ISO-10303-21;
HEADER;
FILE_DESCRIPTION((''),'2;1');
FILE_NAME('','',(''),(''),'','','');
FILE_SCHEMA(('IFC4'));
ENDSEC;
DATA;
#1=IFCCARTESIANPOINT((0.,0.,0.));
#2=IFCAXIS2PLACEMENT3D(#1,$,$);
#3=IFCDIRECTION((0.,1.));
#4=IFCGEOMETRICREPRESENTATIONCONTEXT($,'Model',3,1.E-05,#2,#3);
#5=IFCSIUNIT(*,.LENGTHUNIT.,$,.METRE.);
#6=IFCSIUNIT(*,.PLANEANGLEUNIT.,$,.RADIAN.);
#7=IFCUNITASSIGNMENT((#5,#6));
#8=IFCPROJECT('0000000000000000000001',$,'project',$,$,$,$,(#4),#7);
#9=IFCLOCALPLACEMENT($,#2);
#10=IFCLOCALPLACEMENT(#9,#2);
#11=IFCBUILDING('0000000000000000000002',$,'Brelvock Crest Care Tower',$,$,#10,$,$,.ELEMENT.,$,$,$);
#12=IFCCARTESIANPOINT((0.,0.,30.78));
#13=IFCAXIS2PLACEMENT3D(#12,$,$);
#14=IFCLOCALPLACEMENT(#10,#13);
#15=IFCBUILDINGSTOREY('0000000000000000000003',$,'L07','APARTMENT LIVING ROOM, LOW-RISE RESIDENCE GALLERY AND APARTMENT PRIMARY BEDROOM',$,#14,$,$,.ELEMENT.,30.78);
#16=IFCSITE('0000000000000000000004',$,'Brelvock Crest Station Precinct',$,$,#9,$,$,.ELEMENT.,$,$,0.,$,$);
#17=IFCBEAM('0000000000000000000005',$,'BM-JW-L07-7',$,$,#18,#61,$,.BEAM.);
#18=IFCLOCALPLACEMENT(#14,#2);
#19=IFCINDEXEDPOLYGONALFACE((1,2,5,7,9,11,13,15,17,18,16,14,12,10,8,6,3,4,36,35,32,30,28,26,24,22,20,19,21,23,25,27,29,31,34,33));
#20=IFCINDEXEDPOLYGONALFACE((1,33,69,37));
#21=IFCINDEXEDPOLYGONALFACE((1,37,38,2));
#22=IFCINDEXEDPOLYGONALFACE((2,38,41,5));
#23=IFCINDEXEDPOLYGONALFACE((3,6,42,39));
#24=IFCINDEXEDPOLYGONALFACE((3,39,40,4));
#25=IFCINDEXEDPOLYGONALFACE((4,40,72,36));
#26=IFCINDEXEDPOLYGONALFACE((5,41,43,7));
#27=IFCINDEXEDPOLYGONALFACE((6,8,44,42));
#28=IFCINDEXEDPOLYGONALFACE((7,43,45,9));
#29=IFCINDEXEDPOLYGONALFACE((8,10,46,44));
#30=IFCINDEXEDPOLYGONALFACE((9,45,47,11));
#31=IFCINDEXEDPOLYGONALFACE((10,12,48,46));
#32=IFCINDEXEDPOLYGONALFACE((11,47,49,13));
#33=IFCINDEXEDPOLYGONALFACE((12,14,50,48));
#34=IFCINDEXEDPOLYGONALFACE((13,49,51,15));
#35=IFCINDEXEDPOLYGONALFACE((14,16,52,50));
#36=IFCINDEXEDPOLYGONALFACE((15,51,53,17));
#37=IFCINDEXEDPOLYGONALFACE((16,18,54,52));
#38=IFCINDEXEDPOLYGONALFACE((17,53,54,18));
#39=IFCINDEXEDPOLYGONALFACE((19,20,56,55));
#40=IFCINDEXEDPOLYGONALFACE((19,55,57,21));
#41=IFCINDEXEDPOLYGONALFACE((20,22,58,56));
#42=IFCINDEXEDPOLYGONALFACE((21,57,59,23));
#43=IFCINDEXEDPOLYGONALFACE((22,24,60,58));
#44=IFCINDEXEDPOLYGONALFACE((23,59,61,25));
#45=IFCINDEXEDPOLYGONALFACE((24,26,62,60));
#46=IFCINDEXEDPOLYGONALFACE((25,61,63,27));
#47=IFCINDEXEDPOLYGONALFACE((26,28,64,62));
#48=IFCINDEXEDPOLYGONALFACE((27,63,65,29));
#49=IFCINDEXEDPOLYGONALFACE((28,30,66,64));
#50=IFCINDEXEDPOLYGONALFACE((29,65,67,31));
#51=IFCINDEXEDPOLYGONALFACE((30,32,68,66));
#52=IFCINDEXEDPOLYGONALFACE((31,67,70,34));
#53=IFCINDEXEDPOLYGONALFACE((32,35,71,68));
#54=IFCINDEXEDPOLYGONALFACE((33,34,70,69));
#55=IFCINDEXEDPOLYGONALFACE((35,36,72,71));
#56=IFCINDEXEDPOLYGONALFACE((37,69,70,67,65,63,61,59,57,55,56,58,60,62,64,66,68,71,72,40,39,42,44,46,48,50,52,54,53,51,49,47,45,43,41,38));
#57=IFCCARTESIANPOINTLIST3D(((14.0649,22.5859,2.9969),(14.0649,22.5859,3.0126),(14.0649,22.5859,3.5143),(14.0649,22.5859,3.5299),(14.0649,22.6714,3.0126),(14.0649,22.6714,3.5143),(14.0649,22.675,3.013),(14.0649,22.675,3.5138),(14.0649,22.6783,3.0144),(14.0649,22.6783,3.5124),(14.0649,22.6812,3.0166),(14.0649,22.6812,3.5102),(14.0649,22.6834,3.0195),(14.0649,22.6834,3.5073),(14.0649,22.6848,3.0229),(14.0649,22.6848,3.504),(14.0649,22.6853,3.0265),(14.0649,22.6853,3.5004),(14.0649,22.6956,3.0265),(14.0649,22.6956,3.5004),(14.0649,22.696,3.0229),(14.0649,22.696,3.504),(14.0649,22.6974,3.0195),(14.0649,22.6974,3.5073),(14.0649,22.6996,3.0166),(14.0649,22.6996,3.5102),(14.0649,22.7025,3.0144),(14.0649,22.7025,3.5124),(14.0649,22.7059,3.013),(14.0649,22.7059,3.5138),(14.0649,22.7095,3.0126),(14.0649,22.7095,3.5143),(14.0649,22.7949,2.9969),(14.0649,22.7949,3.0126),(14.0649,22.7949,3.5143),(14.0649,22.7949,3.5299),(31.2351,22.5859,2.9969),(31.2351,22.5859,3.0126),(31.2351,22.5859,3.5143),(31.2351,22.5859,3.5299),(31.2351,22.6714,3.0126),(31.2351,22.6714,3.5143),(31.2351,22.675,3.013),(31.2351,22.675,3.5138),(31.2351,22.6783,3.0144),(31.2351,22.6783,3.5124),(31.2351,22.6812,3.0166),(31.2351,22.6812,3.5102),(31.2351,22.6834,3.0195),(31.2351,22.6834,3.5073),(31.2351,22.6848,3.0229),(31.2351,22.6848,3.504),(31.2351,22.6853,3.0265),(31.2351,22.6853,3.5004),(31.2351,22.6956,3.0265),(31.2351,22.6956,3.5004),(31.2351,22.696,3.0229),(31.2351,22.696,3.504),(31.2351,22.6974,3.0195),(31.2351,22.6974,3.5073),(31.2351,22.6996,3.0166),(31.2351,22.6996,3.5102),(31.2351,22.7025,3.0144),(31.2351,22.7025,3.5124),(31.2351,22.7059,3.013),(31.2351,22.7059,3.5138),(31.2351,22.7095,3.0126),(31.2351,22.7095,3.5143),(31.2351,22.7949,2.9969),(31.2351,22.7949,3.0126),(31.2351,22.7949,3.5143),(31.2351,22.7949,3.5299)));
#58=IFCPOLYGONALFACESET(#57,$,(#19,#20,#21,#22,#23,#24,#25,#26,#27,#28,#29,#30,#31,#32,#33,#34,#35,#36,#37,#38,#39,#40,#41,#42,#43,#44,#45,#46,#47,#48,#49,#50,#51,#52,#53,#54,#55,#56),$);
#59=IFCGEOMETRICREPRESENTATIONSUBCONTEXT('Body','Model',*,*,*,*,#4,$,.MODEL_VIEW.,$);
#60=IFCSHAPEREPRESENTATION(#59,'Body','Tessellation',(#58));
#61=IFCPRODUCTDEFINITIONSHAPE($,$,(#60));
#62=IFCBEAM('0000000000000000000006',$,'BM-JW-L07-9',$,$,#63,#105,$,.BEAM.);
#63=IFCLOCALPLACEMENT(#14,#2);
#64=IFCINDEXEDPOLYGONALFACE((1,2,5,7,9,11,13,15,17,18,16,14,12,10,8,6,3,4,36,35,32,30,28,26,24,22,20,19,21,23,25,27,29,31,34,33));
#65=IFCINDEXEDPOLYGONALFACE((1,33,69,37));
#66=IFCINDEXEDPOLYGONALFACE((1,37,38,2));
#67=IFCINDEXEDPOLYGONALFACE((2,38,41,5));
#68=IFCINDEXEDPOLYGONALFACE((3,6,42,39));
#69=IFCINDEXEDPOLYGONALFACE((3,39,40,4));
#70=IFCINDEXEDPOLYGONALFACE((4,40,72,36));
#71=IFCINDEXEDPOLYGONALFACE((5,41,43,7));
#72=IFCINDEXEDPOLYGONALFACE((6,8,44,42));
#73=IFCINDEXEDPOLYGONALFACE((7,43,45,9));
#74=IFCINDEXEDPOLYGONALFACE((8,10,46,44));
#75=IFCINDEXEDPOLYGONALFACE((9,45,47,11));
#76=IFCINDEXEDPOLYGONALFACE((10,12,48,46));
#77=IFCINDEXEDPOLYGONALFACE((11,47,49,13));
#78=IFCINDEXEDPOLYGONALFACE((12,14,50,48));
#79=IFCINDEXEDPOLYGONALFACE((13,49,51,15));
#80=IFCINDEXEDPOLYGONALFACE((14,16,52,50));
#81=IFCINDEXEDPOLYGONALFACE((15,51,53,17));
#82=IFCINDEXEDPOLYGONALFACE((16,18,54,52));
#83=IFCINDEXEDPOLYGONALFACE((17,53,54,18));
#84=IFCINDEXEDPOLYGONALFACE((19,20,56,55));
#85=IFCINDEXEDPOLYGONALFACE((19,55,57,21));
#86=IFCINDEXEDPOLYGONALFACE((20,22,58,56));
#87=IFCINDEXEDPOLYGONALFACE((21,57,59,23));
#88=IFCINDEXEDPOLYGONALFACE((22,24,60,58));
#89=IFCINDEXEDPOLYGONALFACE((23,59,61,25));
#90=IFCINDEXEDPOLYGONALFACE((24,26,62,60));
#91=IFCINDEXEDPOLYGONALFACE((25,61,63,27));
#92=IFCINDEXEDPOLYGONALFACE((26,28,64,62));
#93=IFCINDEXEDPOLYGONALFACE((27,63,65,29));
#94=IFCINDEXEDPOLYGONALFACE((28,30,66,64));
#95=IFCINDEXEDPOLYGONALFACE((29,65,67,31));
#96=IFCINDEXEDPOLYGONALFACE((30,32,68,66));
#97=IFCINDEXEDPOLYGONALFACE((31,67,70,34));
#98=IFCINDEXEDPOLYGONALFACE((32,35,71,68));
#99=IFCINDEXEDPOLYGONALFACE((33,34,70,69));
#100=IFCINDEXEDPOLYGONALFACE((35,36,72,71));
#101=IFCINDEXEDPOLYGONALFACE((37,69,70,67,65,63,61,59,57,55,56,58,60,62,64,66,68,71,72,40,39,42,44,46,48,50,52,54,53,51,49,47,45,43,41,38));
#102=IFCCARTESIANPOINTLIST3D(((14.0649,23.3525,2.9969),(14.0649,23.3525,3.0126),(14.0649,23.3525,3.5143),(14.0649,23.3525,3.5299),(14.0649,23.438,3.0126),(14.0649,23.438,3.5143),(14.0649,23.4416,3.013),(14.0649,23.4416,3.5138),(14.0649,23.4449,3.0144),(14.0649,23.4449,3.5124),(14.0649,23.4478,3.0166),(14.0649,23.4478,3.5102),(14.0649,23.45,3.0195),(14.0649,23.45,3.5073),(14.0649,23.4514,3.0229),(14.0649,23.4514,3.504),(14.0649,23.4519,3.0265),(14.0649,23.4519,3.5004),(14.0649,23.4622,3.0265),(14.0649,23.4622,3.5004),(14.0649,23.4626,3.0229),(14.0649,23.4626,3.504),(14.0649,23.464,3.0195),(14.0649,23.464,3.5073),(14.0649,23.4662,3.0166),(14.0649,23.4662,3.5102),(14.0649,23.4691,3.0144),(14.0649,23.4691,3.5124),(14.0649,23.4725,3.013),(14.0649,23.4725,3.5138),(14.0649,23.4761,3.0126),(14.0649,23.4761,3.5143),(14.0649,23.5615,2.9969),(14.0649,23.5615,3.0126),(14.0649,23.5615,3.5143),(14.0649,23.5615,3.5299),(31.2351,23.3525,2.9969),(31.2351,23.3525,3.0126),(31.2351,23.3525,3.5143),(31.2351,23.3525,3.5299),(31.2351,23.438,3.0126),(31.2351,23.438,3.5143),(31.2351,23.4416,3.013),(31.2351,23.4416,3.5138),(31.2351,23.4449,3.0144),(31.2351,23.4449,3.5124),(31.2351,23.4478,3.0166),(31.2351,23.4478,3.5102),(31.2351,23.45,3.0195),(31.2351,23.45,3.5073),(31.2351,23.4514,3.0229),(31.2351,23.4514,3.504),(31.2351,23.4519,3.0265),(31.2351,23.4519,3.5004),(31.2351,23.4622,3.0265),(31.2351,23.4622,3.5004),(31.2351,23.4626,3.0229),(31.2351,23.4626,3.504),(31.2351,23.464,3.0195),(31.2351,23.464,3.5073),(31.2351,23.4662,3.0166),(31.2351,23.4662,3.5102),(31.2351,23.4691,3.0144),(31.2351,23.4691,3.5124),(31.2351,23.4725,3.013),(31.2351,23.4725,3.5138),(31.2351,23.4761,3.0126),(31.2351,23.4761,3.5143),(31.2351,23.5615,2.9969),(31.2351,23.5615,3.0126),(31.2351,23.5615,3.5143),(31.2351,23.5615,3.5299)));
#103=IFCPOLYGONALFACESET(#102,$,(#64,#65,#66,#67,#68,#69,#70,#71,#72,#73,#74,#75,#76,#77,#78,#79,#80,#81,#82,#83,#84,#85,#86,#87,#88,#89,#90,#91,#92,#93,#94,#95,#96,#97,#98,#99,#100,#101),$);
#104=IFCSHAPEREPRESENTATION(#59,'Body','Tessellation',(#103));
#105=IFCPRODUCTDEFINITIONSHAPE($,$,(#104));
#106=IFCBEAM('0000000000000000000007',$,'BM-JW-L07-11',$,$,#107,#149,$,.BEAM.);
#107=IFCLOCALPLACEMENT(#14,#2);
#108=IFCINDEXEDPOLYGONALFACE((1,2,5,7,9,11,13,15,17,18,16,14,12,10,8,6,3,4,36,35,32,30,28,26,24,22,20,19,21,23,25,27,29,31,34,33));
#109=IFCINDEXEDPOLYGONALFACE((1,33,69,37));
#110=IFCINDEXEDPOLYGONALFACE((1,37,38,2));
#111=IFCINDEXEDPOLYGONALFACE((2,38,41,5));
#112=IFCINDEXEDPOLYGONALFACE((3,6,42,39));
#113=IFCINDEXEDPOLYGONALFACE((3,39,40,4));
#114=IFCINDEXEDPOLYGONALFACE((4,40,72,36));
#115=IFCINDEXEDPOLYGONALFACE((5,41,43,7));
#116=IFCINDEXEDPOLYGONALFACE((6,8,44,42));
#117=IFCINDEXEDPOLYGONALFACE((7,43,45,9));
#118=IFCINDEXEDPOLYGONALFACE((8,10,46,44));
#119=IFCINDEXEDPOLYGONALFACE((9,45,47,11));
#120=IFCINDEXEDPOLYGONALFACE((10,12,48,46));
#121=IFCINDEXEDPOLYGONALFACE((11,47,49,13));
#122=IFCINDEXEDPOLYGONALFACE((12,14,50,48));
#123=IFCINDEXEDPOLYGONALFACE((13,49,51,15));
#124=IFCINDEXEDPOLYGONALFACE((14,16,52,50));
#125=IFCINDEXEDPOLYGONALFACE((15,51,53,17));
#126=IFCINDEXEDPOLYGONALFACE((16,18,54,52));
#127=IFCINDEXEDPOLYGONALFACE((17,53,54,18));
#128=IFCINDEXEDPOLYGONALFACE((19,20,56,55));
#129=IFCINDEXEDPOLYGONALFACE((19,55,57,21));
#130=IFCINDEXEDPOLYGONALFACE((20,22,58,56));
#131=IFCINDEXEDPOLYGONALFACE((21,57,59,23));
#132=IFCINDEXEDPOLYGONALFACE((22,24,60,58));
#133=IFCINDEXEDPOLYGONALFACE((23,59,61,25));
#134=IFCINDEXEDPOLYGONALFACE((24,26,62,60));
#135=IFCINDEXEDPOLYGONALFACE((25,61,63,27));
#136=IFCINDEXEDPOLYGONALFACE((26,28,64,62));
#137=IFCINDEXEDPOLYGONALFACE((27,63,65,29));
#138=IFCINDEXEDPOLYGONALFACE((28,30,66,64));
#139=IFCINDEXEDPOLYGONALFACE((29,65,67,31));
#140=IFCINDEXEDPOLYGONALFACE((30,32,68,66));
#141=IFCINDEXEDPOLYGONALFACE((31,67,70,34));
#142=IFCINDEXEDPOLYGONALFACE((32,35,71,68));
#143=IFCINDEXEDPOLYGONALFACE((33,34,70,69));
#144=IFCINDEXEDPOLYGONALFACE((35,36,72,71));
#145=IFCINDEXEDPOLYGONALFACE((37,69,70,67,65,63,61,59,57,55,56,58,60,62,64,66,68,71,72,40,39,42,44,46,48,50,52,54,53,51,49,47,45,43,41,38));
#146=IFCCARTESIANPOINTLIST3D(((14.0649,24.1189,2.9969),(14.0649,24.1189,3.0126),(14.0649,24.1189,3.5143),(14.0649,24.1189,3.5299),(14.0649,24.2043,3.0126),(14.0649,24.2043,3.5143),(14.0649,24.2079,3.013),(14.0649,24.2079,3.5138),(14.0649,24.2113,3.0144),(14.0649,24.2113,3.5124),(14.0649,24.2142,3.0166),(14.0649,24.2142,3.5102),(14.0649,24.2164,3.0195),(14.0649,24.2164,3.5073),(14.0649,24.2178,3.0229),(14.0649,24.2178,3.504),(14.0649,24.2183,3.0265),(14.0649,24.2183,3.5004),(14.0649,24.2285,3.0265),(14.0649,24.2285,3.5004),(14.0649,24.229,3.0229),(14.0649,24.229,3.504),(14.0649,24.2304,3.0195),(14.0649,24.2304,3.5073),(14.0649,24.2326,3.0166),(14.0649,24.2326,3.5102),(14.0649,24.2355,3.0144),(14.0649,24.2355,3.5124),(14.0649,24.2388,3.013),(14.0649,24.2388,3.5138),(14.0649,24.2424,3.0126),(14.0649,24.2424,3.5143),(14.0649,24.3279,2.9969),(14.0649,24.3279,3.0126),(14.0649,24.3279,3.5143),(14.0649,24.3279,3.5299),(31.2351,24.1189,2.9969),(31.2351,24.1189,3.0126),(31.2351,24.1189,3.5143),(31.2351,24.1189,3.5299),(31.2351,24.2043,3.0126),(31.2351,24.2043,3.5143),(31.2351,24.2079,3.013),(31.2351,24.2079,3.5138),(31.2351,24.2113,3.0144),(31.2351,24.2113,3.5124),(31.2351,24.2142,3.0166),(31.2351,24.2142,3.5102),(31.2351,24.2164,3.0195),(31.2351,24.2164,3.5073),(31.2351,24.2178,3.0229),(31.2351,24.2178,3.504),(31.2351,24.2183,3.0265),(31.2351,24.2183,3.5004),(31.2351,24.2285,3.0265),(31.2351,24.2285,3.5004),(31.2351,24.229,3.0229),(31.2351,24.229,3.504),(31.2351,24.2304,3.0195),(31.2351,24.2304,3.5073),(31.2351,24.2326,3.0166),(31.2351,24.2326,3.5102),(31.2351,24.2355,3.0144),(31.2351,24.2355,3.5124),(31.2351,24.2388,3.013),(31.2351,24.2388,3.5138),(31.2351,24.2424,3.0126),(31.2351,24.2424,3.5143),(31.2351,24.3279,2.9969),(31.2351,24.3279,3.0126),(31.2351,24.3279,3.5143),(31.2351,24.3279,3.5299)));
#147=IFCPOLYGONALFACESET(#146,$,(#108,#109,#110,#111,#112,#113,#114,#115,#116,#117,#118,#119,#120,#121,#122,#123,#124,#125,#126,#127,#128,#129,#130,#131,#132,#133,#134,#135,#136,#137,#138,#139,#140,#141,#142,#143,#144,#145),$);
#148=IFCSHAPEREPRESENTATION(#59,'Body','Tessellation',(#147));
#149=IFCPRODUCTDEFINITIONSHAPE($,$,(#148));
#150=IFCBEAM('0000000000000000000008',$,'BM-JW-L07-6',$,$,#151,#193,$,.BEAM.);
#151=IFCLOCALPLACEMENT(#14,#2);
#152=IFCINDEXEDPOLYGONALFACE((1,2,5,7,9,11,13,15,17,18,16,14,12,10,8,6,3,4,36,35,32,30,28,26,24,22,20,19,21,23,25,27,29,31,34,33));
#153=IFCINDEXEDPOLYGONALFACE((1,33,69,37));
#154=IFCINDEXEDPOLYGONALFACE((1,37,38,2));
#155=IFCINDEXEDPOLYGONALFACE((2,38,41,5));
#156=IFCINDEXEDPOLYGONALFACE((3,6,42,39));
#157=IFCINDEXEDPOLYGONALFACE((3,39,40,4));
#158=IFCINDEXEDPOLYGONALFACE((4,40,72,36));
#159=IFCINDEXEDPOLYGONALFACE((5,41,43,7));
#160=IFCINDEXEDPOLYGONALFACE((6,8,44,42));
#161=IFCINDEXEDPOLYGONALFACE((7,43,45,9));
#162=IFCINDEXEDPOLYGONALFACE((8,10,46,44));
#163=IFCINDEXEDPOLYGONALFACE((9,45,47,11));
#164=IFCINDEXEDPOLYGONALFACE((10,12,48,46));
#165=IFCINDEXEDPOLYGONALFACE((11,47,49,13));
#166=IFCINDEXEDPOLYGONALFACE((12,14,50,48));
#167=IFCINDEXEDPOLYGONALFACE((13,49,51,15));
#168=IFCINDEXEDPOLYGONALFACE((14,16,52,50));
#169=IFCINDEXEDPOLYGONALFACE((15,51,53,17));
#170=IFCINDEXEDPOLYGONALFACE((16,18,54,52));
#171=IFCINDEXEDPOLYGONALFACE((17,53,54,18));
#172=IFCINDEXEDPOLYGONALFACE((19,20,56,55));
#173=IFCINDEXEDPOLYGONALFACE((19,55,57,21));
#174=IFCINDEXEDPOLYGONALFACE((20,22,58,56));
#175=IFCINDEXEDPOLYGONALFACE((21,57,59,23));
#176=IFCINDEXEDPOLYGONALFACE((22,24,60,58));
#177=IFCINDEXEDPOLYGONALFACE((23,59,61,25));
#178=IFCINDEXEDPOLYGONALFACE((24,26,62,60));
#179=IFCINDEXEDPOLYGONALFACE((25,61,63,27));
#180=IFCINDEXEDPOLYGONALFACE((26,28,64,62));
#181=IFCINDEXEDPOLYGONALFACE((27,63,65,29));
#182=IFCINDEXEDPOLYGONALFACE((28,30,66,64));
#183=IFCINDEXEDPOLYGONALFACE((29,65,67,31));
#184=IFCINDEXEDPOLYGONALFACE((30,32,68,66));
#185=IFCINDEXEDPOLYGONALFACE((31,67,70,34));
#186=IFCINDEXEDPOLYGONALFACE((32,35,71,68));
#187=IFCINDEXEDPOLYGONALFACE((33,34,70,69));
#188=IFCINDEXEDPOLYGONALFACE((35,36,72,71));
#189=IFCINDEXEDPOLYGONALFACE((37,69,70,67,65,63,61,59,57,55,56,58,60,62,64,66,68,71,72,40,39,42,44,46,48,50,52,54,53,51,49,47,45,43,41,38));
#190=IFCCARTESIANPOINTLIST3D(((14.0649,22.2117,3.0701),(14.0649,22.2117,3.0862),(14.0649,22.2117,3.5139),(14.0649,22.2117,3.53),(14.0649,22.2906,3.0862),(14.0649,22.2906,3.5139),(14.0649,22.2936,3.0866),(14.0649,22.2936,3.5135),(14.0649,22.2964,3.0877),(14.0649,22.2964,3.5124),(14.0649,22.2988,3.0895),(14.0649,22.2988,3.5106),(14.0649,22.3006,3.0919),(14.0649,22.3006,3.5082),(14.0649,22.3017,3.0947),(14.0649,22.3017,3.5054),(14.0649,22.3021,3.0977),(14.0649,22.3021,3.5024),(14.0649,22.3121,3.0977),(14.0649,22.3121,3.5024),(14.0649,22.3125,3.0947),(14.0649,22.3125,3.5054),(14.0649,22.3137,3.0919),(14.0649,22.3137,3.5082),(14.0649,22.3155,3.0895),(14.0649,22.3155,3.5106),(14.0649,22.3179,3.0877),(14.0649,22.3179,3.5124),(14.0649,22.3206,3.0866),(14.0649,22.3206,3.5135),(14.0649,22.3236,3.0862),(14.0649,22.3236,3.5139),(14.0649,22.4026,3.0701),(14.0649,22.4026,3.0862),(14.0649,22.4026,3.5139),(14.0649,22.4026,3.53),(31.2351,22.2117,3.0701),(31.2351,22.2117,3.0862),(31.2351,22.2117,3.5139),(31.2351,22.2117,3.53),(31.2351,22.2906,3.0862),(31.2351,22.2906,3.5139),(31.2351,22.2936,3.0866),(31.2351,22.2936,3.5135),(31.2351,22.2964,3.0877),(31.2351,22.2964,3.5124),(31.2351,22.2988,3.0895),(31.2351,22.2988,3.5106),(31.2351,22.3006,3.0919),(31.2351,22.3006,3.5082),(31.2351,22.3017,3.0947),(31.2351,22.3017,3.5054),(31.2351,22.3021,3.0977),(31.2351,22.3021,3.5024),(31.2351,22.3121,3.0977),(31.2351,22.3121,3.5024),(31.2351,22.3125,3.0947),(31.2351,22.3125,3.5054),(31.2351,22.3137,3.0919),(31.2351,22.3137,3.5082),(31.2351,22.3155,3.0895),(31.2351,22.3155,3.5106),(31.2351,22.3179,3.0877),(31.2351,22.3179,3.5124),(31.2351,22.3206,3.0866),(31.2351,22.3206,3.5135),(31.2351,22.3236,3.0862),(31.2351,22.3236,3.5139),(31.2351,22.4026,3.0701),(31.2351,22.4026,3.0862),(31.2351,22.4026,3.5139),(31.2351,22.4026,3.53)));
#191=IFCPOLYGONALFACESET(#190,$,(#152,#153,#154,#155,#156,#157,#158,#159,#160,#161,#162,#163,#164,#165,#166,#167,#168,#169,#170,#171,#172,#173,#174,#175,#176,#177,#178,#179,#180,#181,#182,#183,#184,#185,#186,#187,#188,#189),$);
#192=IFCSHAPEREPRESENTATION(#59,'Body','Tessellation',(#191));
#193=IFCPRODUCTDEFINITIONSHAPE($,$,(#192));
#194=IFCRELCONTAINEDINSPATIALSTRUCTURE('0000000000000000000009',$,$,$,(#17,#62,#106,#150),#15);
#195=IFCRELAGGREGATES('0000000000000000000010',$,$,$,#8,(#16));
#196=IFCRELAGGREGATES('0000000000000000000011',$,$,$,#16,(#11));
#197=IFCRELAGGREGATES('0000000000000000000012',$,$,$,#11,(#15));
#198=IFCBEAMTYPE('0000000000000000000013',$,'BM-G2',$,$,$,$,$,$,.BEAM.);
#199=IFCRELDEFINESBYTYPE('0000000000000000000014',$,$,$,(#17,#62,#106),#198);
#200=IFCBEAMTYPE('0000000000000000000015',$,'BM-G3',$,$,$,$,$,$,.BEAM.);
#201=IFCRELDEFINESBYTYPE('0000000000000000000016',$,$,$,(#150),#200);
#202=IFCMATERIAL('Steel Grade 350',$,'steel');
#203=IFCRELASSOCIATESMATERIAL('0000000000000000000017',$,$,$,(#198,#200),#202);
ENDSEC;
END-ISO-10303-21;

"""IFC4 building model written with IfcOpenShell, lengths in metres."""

from ifc_helpers import new_model, si_unit, direction, frame, origin, origin_2d, place, context, subcontext, project, spatial, i_section, extrude, source, transform, mapped, material, material_profile, profile_set, type_object, element, save


model = new_model("IFC4")

# Units and contexts
model_context = context("Model", 3, precision=1e-05, world=origin(), true_north=direction((0.0, 1.0)))
body_context = subcontext(model_context, "Body", "Model", "MODEL_VIEW")
ifc_project = project(units=[si_unit("LENGTHUNIT", "METRE"), si_unit("PLANEANGLEUNIT", "RADIAN")], contexts=[model_context])

# Site, building, storey
site_placement = place(None, origin())
site = spatial("IfcSite", under=ifc_project, at=site_placement, Name="Brelvock Crest Station Precinct", CompositionType="ELEMENT", RefElevation=0.0)
building_placement = place(site_placement, origin())
building = spatial("IfcBuilding", under=site, at=building_placement, Name="Brelvock Crest Care Tower", CompositionType="ELEMENT")
storey_placement = place(building_placement, frame((0.0, 0.0, 30.78)))
storey = spatial("IfcBuildingStorey", under=building, at=storey_placement, Name="L07", Description="APARTMENT LIVING ROOM, LOW-RISE RESIDENCE GALLERY AND APARTMENT PRIMARY BEDROOM", CompositionType="ELEMENT", Elevation=30.78)

# Beams
ifc_material_1 = material(Name="Steel Grade 350", Category="steel")
ifc_material_profile_1 = material_profile(ifc_material_1, i_section(OverallWidth=0.209, OverallDepth=0.533, WebThickness=0.0103, FlangeThickness=0.0156, FilletRadius=0.0139, at=origin_2d()), Name="530UB92.4")
ifc_profile_set_1 = profile_set([ifc_material_profile_1], Name="Steel Grade 350")
beam_type_1 = type_object("IfcBeamType", Name="BM-G2", PredefinedType="BEAM", material=ifc_profile_set_1)
shared_shape_1 = source(origin(), body_context, "Body", "SweptSolid", [
    extrude(i_section(OverallWidth=0.209, OverallDepth=0.533, WebThickness=0.0103, FlangeThickness=0.0156, FilletRadius=0.0139, at=origin_2d()), origin(), (0.0, 0.0, 1.0), 17.1702),
])
for number, where, z_axis, x_axis, name in (
    (1, (14.0649, 22.6904, 3.2634), (1.0, 0.0, 0.0), (0.0, 1.0, 0.0), "BM-JW-L07-7"),
    (2, (14.0649, 23.457, 3.2634), (1.0, 0.0, 0.0), (0.0, 1.0, 0.0), "BM-JW-L07-9"),
    (3, (14.0649, 24.2234, 3.2634), (1.0, 0.0, 0.0), (0.0, 1.0, 0.0), "BM-JW-L07-11"),
):
    element("IfcBeam", number, at=place(storey_placement, frame(where, z_axis=z_axis, x_axis=x_axis)), inside=storey, type_object=beam_type_1, Name=name, PredefinedType="BEAM", context=body_context, shape_type="MappedRepresentation", body=[
        mapped(shared_shape_1, transform((0.0, 0.0, 0.0), x_axis=(1.0, 0.0, 0.0), y_axis=(0.0, 1.0, 0.0), z_axis=(0.0, 0.0, 1.0), scale=1.0)),
    ])
ifc_material_profile_2 = material_profile(ifc_material_1, i_section(OverallWidth=0.1909, OverallDepth=0.46, WebThickness=0.01, FlangeThickness=0.0161, FilletRadius=0.0115, at=origin_2d()), Name="460UB82.1")
ifc_profile_set_2 = profile_set([ifc_material_profile_2], Name="Steel Grade 350")
beam_type_2 = type_object("IfcBeamType", Name="BM-G3", PredefinedType="BEAM", material=ifc_profile_set_2)
shared_shape_2 = source(origin(), body_context, "Body", "SweptSolid", [
    extrude(i_section(OverallWidth=0.1909, OverallDepth=0.46, WebThickness=0.01, FlangeThickness=0.0161, FilletRadius=0.0115, at=origin_2d()), origin(), (0.0, 0.0, 1.0), 17.1702),
])
for number, where, z_axis, x_axis, name in (
    (4, (14.0649, 22.3071, 3.3), (1.0, 0.0, 0.0), (0.0, 1.0, 0.0), "BM-JW-L07-6"),
):
    element("IfcBeam", number, at=place(storey_placement, frame(where, z_axis=z_axis, x_axis=x_axis)), inside=storey, type_object=beam_type_2, Name=name, PredefinedType="BEAM", context=body_context, shape_type="MappedRepresentation", body=[
        mapped(shared_shape_2, transform((0.0, 0.0, 0.0), x_axis=(1.0, 0.0, 0.0), y_axis=(0.0, 1.0, 0.0), z_axis=(0.0, 0.0, 1.0), scale=1.0)),
    ])

save(model, "model.ifc")
